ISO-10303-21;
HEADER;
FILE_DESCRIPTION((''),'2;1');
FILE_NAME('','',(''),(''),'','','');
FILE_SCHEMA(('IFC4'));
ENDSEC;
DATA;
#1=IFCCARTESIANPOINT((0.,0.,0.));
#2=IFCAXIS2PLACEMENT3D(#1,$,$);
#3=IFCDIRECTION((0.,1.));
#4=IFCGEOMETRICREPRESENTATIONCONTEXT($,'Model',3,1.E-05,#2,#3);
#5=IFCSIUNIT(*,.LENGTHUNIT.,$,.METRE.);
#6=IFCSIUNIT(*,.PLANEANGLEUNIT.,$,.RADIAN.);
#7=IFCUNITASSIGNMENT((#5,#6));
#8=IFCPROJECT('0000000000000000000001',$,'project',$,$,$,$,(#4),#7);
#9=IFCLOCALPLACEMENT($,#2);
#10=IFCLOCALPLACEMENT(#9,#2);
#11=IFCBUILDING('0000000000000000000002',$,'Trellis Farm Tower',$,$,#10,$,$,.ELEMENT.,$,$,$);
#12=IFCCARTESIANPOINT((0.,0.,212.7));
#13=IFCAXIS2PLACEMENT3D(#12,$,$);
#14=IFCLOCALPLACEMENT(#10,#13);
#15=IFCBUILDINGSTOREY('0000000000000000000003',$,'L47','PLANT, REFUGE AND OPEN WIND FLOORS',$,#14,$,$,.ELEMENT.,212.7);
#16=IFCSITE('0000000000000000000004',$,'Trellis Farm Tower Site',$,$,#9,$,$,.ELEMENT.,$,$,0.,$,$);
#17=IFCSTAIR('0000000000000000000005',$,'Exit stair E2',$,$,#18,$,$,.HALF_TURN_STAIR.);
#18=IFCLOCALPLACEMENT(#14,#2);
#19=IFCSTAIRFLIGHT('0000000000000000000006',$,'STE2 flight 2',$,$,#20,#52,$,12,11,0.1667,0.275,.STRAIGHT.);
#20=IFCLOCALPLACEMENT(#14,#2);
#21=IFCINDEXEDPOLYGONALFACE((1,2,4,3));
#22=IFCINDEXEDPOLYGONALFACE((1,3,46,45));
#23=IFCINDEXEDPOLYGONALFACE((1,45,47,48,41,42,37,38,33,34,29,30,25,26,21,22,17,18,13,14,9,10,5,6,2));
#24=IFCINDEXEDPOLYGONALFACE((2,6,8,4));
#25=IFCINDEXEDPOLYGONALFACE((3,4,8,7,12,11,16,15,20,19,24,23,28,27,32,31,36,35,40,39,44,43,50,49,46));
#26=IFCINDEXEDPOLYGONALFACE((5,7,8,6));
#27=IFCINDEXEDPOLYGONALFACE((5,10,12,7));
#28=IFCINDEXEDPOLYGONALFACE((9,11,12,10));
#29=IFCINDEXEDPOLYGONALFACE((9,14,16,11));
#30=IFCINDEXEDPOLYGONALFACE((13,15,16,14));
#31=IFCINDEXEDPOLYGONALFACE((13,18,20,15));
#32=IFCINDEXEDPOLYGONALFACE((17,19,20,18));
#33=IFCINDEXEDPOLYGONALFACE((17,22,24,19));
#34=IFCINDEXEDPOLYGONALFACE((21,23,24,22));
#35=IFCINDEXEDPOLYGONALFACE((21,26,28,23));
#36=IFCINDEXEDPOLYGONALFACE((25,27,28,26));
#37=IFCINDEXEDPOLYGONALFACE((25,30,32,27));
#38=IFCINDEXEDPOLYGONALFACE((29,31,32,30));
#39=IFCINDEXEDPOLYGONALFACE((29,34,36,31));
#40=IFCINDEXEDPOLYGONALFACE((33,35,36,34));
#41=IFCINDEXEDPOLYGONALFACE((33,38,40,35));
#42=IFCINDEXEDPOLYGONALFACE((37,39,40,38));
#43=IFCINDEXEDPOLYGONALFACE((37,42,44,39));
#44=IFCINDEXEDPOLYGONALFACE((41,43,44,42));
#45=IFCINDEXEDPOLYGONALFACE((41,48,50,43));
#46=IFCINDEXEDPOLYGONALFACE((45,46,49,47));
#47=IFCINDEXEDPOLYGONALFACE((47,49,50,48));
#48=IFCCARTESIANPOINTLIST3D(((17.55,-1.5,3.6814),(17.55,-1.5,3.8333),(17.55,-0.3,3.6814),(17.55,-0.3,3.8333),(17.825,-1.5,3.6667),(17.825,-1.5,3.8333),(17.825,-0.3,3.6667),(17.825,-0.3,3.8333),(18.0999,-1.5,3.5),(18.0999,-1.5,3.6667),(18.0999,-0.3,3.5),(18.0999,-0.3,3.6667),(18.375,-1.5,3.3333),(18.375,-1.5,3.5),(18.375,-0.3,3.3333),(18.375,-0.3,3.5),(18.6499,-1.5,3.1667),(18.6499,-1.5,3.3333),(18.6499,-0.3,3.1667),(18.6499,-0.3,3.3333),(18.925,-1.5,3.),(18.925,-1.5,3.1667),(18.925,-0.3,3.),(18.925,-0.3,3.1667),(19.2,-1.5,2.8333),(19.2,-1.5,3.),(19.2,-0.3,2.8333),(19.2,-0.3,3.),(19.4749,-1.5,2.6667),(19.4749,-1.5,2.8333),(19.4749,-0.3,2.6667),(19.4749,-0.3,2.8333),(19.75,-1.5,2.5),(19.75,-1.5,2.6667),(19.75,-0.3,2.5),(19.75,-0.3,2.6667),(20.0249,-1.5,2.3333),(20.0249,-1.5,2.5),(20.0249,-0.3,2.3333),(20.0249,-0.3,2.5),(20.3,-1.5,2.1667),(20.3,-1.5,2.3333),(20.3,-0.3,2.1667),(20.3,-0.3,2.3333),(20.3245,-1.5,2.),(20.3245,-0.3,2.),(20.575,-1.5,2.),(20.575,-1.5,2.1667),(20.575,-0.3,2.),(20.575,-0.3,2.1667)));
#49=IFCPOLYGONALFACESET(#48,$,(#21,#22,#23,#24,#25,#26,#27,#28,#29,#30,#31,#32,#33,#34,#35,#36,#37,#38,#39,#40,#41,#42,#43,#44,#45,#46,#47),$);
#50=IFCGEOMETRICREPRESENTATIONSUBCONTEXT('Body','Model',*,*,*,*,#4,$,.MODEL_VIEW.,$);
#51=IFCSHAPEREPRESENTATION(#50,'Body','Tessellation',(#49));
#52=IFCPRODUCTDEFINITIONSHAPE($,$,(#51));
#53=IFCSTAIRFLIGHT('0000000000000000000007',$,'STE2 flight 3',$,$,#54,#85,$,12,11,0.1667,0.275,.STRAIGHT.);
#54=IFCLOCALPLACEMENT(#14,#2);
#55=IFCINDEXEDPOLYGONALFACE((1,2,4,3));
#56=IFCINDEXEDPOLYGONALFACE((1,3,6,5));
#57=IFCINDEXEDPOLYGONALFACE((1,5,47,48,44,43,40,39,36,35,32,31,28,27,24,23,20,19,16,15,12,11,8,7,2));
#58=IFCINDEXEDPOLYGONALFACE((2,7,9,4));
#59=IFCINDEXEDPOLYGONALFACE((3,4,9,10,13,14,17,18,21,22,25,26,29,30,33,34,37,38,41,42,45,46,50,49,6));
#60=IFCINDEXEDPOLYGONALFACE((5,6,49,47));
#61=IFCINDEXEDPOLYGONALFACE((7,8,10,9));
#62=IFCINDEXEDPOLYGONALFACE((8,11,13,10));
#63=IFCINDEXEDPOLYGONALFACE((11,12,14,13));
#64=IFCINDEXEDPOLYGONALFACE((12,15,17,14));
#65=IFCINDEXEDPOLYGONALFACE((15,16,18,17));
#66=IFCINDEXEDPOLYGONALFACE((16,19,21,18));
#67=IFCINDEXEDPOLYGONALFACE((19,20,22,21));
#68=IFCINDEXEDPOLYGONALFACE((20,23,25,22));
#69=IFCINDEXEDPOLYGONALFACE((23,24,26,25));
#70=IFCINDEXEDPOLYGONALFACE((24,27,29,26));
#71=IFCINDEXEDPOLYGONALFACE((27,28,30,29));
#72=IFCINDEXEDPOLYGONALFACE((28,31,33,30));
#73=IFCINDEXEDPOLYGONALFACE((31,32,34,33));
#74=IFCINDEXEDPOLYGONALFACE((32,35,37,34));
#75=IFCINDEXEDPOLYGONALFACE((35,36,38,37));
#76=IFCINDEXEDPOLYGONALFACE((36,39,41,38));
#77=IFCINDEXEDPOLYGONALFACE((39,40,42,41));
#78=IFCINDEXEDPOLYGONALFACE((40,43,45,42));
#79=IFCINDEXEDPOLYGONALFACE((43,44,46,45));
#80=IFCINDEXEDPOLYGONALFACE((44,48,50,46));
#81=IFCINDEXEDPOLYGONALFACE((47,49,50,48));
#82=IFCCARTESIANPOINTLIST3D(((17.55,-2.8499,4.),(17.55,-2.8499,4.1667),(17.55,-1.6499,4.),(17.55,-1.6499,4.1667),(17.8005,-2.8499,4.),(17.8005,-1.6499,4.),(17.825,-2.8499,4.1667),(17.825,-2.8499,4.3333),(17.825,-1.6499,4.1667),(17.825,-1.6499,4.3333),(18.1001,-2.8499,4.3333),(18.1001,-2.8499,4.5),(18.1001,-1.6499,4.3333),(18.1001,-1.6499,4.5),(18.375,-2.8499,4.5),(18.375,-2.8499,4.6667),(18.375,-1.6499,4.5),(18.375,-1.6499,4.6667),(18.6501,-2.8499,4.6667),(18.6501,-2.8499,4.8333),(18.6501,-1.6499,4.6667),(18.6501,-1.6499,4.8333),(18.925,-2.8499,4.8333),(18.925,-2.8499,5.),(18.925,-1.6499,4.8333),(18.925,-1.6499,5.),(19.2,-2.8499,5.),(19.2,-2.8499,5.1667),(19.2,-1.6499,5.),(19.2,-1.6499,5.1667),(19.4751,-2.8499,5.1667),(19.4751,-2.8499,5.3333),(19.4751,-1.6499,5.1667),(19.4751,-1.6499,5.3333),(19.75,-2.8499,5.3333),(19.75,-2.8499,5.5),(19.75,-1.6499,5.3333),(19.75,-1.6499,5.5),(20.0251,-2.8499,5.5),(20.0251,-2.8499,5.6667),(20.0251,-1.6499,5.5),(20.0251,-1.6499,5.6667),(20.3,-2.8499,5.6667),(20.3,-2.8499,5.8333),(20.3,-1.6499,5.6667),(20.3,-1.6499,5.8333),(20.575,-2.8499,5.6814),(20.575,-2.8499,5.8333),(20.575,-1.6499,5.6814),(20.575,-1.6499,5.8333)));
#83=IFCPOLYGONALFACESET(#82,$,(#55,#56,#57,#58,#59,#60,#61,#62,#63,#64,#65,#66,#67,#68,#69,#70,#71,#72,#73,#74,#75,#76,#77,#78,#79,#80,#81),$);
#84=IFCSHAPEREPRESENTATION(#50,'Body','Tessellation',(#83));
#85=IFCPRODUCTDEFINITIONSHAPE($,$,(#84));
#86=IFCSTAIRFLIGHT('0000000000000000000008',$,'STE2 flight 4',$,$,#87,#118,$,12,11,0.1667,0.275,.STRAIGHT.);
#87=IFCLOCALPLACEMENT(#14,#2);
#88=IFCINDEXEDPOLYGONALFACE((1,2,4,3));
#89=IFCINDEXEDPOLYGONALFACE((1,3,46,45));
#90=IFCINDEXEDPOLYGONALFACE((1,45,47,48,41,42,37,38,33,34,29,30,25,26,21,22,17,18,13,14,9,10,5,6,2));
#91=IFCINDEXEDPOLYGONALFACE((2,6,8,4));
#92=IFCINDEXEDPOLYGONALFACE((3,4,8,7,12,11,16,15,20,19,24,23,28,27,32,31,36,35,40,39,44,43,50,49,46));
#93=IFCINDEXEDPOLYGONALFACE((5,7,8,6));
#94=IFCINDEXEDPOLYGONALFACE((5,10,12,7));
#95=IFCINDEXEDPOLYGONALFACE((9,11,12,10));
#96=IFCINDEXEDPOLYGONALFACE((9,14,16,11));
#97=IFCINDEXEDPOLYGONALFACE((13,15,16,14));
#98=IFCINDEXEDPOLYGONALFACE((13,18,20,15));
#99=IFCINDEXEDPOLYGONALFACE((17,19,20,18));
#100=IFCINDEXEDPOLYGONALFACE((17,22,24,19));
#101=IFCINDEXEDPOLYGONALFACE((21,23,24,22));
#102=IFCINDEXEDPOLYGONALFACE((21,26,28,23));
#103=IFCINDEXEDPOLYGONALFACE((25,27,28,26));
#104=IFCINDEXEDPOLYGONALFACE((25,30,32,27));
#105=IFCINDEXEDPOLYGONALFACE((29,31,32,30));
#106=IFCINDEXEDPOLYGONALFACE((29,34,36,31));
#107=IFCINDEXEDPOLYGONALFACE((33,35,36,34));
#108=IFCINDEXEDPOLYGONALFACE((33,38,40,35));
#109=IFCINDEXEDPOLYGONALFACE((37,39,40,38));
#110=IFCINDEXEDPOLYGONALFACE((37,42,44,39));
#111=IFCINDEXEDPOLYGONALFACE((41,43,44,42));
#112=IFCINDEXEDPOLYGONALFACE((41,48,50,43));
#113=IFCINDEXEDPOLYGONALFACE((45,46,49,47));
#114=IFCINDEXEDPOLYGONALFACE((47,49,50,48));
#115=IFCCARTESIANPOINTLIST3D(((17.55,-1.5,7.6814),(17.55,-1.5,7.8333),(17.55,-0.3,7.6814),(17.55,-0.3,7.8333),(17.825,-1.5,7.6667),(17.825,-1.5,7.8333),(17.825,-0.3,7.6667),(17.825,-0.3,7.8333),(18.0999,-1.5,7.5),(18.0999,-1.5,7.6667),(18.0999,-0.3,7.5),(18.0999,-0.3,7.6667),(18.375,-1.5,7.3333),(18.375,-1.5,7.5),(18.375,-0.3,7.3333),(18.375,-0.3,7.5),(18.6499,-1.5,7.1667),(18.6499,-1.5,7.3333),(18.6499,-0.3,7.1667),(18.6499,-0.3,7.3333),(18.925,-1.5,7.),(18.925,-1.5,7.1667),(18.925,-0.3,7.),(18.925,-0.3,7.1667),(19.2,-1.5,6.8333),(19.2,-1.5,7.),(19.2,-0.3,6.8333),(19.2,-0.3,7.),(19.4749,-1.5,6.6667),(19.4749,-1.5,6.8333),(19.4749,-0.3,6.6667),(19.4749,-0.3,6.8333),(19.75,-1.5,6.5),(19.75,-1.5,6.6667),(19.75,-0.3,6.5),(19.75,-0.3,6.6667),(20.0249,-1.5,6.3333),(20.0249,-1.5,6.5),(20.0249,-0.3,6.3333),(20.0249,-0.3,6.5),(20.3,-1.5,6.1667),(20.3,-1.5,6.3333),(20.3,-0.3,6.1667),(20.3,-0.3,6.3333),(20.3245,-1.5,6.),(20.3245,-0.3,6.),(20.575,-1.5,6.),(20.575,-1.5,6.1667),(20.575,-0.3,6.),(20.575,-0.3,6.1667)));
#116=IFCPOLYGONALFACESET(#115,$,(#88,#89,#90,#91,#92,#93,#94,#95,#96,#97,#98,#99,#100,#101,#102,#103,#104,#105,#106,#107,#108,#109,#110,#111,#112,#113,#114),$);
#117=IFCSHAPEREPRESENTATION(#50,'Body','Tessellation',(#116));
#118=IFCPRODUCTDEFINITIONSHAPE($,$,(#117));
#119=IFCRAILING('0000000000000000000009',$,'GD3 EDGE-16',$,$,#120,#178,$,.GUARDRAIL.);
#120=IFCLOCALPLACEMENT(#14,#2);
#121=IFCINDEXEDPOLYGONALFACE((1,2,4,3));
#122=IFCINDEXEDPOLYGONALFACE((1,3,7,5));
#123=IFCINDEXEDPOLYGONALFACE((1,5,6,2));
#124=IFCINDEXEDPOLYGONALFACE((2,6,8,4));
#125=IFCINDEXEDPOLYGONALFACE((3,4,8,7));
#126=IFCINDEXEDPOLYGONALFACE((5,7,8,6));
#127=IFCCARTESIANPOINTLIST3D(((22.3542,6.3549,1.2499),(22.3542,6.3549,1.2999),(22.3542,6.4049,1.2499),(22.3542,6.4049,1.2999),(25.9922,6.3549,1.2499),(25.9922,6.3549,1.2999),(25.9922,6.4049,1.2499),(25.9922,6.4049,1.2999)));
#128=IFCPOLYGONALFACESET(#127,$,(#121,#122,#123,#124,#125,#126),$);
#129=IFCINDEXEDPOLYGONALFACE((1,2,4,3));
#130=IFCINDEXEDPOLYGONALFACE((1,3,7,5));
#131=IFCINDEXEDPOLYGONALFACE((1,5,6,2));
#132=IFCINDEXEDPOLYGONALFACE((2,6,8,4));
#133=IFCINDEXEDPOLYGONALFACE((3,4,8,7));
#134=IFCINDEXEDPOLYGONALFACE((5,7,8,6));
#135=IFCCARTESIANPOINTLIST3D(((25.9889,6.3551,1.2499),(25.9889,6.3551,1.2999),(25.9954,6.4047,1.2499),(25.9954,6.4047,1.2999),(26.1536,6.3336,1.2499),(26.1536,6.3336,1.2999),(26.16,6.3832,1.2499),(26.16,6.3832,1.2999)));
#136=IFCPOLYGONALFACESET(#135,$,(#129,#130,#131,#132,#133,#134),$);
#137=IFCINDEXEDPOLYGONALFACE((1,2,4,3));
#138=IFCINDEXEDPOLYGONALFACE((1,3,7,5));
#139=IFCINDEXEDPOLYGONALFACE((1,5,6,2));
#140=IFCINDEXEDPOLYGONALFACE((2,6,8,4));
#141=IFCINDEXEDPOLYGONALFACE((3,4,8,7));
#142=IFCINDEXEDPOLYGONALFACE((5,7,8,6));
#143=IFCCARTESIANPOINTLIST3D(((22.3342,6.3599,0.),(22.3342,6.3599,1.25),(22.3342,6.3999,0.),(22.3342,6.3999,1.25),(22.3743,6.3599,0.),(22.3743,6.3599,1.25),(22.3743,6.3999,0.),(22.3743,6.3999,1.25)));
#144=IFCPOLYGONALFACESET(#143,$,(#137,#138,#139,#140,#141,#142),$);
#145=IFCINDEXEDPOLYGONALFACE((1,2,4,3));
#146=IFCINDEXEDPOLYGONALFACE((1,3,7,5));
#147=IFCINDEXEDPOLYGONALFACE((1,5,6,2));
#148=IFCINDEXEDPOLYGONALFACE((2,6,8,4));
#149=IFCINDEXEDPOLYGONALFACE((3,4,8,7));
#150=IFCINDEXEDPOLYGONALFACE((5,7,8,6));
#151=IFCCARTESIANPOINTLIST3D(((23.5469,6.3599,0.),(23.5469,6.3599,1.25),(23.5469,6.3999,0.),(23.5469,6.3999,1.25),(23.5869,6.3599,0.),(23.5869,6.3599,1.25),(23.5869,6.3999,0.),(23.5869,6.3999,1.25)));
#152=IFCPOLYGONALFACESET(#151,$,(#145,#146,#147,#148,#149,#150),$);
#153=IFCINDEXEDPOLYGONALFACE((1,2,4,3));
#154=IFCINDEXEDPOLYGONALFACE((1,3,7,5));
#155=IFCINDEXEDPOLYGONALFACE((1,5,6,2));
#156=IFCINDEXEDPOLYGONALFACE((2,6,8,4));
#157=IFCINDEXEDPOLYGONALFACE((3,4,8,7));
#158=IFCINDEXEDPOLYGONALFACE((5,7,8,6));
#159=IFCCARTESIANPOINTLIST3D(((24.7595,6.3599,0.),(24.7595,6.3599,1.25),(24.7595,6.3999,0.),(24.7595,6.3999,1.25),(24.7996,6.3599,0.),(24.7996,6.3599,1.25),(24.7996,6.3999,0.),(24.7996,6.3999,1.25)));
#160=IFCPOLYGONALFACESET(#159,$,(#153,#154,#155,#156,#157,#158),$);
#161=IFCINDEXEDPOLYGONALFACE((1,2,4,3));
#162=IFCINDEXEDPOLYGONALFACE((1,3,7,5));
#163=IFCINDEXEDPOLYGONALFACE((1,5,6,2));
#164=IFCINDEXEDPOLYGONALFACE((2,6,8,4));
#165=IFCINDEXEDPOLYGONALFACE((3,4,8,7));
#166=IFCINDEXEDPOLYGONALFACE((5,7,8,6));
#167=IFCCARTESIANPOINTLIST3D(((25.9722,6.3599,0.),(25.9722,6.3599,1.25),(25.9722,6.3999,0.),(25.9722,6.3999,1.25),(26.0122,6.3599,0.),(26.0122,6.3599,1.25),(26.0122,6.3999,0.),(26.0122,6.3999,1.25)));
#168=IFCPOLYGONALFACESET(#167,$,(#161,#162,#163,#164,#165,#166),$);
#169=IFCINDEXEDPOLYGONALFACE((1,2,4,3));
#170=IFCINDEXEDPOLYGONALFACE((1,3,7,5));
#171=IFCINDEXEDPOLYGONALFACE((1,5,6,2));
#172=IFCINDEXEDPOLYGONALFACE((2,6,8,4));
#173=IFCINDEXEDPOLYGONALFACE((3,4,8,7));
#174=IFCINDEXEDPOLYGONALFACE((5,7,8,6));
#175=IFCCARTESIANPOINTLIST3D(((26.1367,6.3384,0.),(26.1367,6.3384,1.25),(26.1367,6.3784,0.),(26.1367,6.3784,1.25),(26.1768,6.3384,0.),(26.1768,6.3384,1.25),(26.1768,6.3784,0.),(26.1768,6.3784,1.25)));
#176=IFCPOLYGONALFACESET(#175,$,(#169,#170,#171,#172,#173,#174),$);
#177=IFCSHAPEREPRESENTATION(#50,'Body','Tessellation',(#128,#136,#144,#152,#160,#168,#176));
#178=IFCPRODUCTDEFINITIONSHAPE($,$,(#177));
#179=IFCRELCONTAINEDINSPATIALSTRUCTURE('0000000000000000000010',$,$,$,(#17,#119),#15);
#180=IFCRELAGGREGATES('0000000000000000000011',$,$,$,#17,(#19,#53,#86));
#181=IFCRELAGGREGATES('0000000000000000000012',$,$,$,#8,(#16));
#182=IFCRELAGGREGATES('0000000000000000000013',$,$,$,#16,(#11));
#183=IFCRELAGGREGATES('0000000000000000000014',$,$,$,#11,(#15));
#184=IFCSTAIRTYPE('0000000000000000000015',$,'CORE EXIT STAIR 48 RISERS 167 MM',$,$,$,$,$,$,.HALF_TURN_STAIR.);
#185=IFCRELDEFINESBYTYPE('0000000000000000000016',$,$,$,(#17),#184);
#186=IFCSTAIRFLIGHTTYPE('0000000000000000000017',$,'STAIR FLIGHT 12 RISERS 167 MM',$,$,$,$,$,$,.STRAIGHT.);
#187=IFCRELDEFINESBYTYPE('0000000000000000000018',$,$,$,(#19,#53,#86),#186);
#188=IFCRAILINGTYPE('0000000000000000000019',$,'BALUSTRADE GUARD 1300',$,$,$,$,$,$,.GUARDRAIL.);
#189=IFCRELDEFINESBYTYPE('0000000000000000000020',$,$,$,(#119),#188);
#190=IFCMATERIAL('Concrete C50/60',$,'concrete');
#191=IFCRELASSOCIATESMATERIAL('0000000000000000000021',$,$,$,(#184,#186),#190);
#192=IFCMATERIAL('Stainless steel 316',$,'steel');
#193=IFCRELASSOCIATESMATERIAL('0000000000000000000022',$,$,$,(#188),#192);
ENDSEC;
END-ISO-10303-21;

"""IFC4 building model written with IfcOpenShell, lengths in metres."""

from ifc_helpers import new_model, si_unit, direction, frame, origin, origin_2d, place, context, subcontext, project, spatial, polyline, rectangle, outline, extrude, source, transform, mapped, material, type_object, element, aggregate, save


model = new_model("IFC4")

# Units and contexts
model_context = context("Model", 3, precision=1e-05, world=origin(), true_north=direction((0.0, 1.0)))
body_context = subcontext(model_context, "Body", "Model", "MODEL_VIEW")
ifc_project = project(units=[si_unit("LENGTHUNIT", "METRE"), si_unit("PLANEANGLEUNIT", "RADIAN")], contexts=[model_context])

# Site, building, storey
site_placement = place(None, origin())
site = spatial("IfcSite", under=ifc_project, at=site_placement, Name="Trellis Farm Tower Site", CompositionType="ELEMENT", RefElevation=0.0)
building_placement = place(site_placement, origin())
building = spatial("IfcBuilding", under=site, at=building_placement, Name="Trellis Farm Tower", CompositionType="ELEMENT")
storey_placement = place(building_placement, frame((0.0, 0.0, 212.7)))
storey = spatial("IfcBuildingStorey", under=building, at=storey_placement, Name="L47", Description="PLANT, REFUGE AND OPEN WIND FLOORS", CompositionType="ELEMENT", Elevation=212.7)

# Stair, stair flights
ifc_material_1 = material(Name="Concrete C50/60", Category="concrete")
stair_type = type_object("IfcStairType", Name="CORE EXIT STAIR 48 RISERS 167 MM", PredefinedType="HALF_TURN_STAIR", material=ifc_material_1)
stair_placement = place(storey_placement, origin())
stair = element("IfcStair", 1, at=stair_placement, inside=storey, type_object=stair_type, Name="Exit stair E2", PredefinedType="HALF_TURN_STAIR")
stair_flight_type = type_object("IfcStairFlightType", Name="STAIR FLIGHT 12 RISERS 167 MM", PredefinedType="STRAIGHT", material=ifc_material_1)
shared_shape_1 = source(origin(), body_context, "Body", "SweptSolid", [
    extrude(outline(polyline([(0.0, 0.0), (0.0, 0.1667), (0.2749, 0.1667), (0.2749, 0.3333), (0.55, 0.3333), (0.55, 0.5), (0.825, 0.5), (0.825, 0.6667), (1.1001, 0.6667), (1.1001, 0.8333), (1.375, 0.8333), (1.375, 1.0), (1.6499, 1.0), (1.6499, 1.1667), (1.925, 1.1667), (1.925, 1.3333), (2.2, 1.3333), (2.2, 1.5), (2.4751, 1.5), (2.4751, 1.6667), (2.75, 1.6667), (2.75, 1.8333), (3.0249, 1.8333), (3.0249, 2.0), (3.0249, 1.6814), (0.2505, 0.0), (0.0, 0.0)])), frame((0.0, 0.6001, 0.0), z_axis=(0.0, -1.0, 0.0), x_axis=(1.0, 0.0, 0.0)), (0.0, 0.0, 1.0), 1.2),
])
stair_flight_1_placement = place(storey_placement, frame((20.575, -0.8999, 2.0), z_axis=(0.0, 0.0, 1.0), x_axis=(-1.0, 0.0, 0.0)))
stair_flight_1 = element("IfcStairFlight", 2, at=stair_flight_1_placement, type_object=stair_flight_type, Name="STE2 flight 2", NumberOfRisers=12, NumberOfTreads=11, PredefinedType="STRAIGHT", RiserHeight=0.1667, TreadLength=0.275, context=body_context, shape_type="MappedRepresentation", body=[
    mapped(shared_shape_1, transform((0.0, 0.0, 0.0))),
])
stair_flight_2_placement = place(storey_placement, frame((17.55, -2.25, 4.0), z_axis=(0.0, 0.0, 1.0), x_axis=(1.0, 0.0, 0.0)))
stair_flight_2 = element("IfcStairFlight", 3, at=stair_flight_2_placement, type_object=stair_flight_type, Name="STE2 flight 3", NumberOfRisers=12, NumberOfTreads=11, PredefinedType="STRAIGHT", RiserHeight=0.1667, TreadLength=0.275, context=body_context, shape_type="MappedRepresentation", body=[
    mapped(shared_shape_1, transform((0.0, 0.0, 0.0))),
])
stair_flight_3_placement = place(storey_placement, frame((20.575, -0.8999, 6.0), z_axis=(0.0, 0.0, 1.0), x_axis=(-1.0, 0.0, 0.0)))
stair_flight_3 = element("IfcStairFlight", 4, at=stair_flight_3_placement, type_object=stair_flight_type, Name="STE2 flight 4", NumberOfRisers=12, NumberOfTreads=11, PredefinedType="STRAIGHT", RiserHeight=0.1667, TreadLength=0.275, context=body_context, shape_type="MappedRepresentation", body=[
    mapped(shared_shape_1, transform((0.0, 0.0, 0.0))),
])
aggregate(stair, [stair_flight_1, stair_flight_2, stair_flight_3])

# Railing
ifc_material_2 = material(Name="Stainless steel 316", Category="steel")
railing_type_1 = type_object("IfcRailingType", Name="BALUSTRADE GUARD 1300", PredefinedType="GUARDRAIL", material=ifc_material_2)
railing_1_placement = place(storey_placement, frame((22.3542, 6.3799, 0.0)))
element("IfcRailing", 5, at=railing_1_placement, inside=storey, type_object=railing_type_1, Name="GD3 EDGE-16", PredefinedType="GUARDRAIL", context=body_context, shape_type="SweptSolid", body=[
    extrude(rectangle(XDim=0.05, YDim=0.05, at=origin_2d()), frame((0.0, 0.0, 1.2749), z_axis=(1.0, 0.0, 0.0), x_axis=(0.0, 1.0, 0.0)), (0.0, 0.0, 1.0), 3.6379),
    extrude(rectangle(XDim=0.05, YDim=0.05, at=origin_2d()), frame((3.6379, 0.0, 1.2749), z_axis=(0.991584, -0.129465, 0.0), x_axis=(0.129465, 0.991584, 0.0)), (0.0, 0.0, 1.0), 0.166),
    extrude(rectangle(XDim=0.04, YDim=0.04, at=origin_2d()), origin(), (0.0, 0.0, 1.0), 1.25),
    extrude(rectangle(XDim=0.04, YDim=0.04, at=origin_2d()), frame((1.2126, 0.0, 0.0)), (0.0, 0.0, 1.0), 1.25),
    extrude(rectangle(XDim=0.04, YDim=0.04, at=origin_2d()), frame((2.4253, 0.0, 0.0)), (0.0, 0.0, 1.0), 1.25),
    extrude(rectangle(XDim=0.04, YDim=0.04, at=origin_2d()), frame((3.6379, 0.0, 0.0)), (0.0, 0.0, 1.0), 1.25),
    extrude(rectangle(XDim=0.04, YDim=0.04, at=origin_2d()), frame((3.8025, -0.0215, 0.0)), (0.0, 0.0, 1.0), 1.25),
])

save(model, "model.ifc")
